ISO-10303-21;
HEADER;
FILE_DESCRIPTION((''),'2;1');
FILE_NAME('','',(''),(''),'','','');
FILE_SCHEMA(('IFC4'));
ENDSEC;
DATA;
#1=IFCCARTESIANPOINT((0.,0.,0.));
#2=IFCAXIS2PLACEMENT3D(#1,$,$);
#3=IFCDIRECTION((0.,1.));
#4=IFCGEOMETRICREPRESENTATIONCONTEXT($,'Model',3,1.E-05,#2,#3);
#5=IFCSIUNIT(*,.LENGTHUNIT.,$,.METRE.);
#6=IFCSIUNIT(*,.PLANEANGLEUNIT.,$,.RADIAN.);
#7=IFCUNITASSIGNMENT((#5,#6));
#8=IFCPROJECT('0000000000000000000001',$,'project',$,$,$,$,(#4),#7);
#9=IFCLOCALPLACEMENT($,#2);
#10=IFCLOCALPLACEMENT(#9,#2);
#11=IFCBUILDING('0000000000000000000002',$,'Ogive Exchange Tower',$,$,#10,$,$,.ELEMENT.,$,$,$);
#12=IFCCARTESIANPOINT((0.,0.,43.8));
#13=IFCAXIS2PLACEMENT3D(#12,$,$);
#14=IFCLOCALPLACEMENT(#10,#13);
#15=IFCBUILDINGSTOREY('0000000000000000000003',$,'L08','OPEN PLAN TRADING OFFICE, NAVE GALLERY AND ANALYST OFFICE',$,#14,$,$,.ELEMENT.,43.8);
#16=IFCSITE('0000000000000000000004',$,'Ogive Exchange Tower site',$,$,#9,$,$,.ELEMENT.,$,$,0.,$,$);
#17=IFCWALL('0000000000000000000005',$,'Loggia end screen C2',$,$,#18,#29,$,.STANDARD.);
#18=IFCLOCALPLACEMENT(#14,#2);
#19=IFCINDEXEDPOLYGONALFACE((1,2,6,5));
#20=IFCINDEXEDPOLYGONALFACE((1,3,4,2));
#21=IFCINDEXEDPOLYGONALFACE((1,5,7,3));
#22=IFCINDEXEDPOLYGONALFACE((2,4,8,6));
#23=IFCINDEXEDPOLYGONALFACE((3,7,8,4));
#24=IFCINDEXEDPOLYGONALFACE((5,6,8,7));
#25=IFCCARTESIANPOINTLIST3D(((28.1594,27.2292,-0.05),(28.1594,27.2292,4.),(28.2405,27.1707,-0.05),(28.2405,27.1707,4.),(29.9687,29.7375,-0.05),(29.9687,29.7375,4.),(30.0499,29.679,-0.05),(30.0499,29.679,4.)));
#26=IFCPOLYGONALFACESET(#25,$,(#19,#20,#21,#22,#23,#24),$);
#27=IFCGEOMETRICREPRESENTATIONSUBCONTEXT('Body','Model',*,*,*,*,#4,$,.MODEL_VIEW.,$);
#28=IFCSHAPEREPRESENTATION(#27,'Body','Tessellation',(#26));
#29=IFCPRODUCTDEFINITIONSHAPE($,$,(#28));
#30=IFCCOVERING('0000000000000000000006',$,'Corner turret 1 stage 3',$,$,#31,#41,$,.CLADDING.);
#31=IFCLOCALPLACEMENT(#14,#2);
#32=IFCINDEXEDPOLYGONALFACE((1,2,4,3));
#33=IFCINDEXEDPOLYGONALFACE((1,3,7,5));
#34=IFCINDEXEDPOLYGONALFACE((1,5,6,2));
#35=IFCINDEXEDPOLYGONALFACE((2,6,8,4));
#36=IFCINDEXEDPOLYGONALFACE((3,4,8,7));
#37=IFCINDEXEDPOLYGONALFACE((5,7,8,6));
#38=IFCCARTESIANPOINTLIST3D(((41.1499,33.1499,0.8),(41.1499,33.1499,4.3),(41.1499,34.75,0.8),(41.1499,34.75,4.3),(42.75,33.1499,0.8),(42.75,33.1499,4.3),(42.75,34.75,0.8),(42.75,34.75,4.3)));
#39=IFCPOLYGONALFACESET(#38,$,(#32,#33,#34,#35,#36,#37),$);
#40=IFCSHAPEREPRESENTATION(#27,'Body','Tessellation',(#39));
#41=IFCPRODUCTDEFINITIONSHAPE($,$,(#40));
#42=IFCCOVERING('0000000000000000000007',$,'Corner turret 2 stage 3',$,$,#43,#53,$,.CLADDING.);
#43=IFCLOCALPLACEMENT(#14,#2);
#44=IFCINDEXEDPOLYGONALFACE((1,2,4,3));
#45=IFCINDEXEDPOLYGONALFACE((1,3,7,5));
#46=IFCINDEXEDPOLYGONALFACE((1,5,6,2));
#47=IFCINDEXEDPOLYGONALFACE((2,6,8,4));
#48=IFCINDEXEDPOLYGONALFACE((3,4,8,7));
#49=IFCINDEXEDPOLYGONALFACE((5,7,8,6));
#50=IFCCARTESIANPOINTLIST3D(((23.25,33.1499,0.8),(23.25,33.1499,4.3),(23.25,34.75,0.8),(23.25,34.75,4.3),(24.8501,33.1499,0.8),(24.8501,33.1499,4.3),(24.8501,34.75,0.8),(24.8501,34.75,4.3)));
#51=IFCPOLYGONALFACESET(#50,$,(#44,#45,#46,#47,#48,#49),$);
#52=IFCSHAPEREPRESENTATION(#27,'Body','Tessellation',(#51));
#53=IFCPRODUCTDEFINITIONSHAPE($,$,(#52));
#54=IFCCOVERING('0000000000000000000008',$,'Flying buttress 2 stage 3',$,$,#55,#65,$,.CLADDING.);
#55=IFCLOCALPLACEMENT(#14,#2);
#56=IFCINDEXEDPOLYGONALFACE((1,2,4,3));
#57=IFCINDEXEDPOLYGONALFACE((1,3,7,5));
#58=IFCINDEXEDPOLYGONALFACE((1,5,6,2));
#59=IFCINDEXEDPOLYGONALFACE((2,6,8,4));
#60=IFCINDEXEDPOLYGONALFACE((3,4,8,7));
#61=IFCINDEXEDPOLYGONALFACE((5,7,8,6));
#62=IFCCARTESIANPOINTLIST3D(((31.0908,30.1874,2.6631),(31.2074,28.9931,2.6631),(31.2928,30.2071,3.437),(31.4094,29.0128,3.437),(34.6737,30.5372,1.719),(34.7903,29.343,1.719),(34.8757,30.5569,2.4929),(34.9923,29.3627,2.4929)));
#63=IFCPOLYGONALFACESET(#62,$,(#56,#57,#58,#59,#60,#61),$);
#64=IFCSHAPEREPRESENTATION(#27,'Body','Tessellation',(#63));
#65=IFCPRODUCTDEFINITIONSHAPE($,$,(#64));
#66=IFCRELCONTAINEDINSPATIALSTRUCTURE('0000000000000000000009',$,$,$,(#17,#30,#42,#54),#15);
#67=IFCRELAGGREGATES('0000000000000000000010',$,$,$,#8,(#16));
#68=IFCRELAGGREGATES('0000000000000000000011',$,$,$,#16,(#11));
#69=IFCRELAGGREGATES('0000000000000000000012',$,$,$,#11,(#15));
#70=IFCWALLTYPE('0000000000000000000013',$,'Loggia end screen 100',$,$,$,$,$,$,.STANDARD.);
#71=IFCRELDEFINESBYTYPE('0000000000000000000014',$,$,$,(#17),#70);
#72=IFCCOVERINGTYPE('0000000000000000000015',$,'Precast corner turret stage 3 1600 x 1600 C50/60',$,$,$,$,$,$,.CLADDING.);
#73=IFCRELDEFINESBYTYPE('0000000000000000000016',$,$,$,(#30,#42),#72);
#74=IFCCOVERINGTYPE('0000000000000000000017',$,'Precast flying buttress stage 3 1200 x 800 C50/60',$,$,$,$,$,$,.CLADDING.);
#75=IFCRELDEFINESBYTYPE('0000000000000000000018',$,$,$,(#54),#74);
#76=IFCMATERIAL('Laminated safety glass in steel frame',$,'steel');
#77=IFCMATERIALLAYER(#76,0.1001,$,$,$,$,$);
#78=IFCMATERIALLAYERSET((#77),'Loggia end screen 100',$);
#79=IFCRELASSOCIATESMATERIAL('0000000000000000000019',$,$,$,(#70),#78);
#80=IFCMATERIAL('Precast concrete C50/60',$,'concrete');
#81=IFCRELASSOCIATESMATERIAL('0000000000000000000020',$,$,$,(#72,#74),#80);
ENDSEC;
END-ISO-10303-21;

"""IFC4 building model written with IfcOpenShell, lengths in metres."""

from ifc_helpers import new_model, si_unit, direction, frame, frame_2d, origin, origin_2d, place, context, subcontext, project, spatial, rectangle, extrude, material, layer, layer_set, material_profile, profile_set, type_object, element, save


model = new_model("IFC4")

# Units and contexts
model_context = context("Model", 3, precision=1e-05, world=origin(), true_north=direction((0.0, 1.0)))
body_context = subcontext(model_context, "Body", "Model", "MODEL_VIEW")
ifc_project = project(units=[si_unit("LENGTHUNIT", "METRE"), si_unit("PLANEANGLEUNIT", "RADIAN")], contexts=[model_context])

# Site, building, storey
site_placement = place(None, origin())
site = spatial("IfcSite", under=ifc_project, at=site_placement, Name="Ogive Exchange Tower site", CompositionType="ELEMENT", RefElevation=0.0)
building_placement = place(site_placement, origin())
building = spatial("IfcBuilding", under=site, at=building_placement, Name="Ogive Exchange Tower", CompositionType="ELEMENT")
storey_placement = place(building_placement, frame((0.0, 0.0, 43.8)))
storey = spatial("IfcBuildingStorey", under=building, at=storey_placement, Name="L08", Description="OPEN PLAN TRADING OFFICE, NAVE GALLERY AND ANALYST OFFICE", CompositionType="ELEMENT", Elevation=43.8)

# Wall
ifc_material_1 = material(Name="Laminated safety glass in steel frame", Category="steel")
ifc_layer_1 = layer(ifc_material_1, 0.1001)
ifc_layer_set_1 = layer_set([ifc_layer_1], Name="Loggia end screen 100")
wall_type_1 = type_object("IfcWallType", Name="Loggia end screen 100", PredefinedType="STANDARD", material=ifc_layer_set_1)
wall_1_placement = place(storey_placement, frame((28.2, 27.2, -0.05), z_axis=(0.0, 0.0, 1.0), x_axis=(0.585018, 0.81102, 0.0)))
element("IfcWall", 1, at=wall_1_placement, inside=storey, type_object=wall_type_1, Name="Loggia end screen C2", PredefinedType="STANDARD", context=body_context, shape_type="SweptSolid", body=[
    extrude(rectangle(XDim=3.0928, YDim=0.1001, at=frame_2d((1.5464, 0.0))), origin(), (0.0, 0.0, 1.0), 4.05),
])

# Coverings
ifc_material_2 = material(Name="Precast concrete C50/60", Category="concrete")
ifc_material_profile_1 = material_profile(ifc_material_2, rectangle(XDim=1.6001, YDim=1.6001, at=origin_2d()), Name="CORNER TURRET 3 1600 x 1600")
ifc_profile_set_1 = profile_set([ifc_material_profile_1], Name="Precast concrete C50/60")
covering_type_1 = type_object("IfcCoveringType", Name="Precast corner turret stage 3 1600 x 1600 C50/60", PredefinedType="CLADDING", material=ifc_profile_set_1)
for number, where, z_axis, x_axis, name in (
    (2, (41.95, 33.95, 0.8), (0.0, 0.0, 1.0), (1.0, 0.0, 0.0), "Corner turret 1 stage 3"),
    (3, (24.05, 33.95, 0.8), (0.0, 0.0, 1.0), (1.0, 0.0, 0.0), "Corner turret 2 stage 3"),
):
    element("IfcCovering", number, at=place(storey_placement, frame(where, z_axis=z_axis, x_axis=x_axis)), inside=storey, type_object=covering_type_1, Name=name, PredefinedType="CLADDING", context=body_context, shape_type="SweptSolid", body=[
        extrude(rectangle(XDim=1.6001, YDim=1.6001, at=origin_2d()), origin(), (0.0, 0.0, 1.0), 3.5),
    ])
ifc_material_profile_2 = material_profile(ifc_material_2, rectangle(XDim=1.2, YDim=0.8, at=origin_2d()), Name="FLYING BUTTRESS 3 1200 x 800")
ifc_profile_set_2 = profile_set([ifc_material_profile_2], Name="Precast concrete C50/60")
covering_type_2 = type_object("IfcCoveringType", Name="Precast flying buttress stage 3 1200 x 800 C50/60", PredefinedType="CLADDING", material=ifc_profile_set_2)
covering_placement = place(storey_placement, frame((34.833, 29.95, 2.106), z_axis=(-0.962713, -0.094002, 0.253667), x_axis=(0.09718, -0.995267, 0.0)))
element("IfcCovering", 4, at=covering_placement, inside=storey, type_object=covering_type_2, Name="Flying buttress 2 stage 3", PredefinedType="CLADDING", context=body_context, shape_type="SweptSolid", body=[
    extrude(rectangle(XDim=1.2, YDim=0.8, at=origin_2d()), origin(), (0.0, 0.0, 1.0), 3.7217),
])

save(model, "model.ifc")
